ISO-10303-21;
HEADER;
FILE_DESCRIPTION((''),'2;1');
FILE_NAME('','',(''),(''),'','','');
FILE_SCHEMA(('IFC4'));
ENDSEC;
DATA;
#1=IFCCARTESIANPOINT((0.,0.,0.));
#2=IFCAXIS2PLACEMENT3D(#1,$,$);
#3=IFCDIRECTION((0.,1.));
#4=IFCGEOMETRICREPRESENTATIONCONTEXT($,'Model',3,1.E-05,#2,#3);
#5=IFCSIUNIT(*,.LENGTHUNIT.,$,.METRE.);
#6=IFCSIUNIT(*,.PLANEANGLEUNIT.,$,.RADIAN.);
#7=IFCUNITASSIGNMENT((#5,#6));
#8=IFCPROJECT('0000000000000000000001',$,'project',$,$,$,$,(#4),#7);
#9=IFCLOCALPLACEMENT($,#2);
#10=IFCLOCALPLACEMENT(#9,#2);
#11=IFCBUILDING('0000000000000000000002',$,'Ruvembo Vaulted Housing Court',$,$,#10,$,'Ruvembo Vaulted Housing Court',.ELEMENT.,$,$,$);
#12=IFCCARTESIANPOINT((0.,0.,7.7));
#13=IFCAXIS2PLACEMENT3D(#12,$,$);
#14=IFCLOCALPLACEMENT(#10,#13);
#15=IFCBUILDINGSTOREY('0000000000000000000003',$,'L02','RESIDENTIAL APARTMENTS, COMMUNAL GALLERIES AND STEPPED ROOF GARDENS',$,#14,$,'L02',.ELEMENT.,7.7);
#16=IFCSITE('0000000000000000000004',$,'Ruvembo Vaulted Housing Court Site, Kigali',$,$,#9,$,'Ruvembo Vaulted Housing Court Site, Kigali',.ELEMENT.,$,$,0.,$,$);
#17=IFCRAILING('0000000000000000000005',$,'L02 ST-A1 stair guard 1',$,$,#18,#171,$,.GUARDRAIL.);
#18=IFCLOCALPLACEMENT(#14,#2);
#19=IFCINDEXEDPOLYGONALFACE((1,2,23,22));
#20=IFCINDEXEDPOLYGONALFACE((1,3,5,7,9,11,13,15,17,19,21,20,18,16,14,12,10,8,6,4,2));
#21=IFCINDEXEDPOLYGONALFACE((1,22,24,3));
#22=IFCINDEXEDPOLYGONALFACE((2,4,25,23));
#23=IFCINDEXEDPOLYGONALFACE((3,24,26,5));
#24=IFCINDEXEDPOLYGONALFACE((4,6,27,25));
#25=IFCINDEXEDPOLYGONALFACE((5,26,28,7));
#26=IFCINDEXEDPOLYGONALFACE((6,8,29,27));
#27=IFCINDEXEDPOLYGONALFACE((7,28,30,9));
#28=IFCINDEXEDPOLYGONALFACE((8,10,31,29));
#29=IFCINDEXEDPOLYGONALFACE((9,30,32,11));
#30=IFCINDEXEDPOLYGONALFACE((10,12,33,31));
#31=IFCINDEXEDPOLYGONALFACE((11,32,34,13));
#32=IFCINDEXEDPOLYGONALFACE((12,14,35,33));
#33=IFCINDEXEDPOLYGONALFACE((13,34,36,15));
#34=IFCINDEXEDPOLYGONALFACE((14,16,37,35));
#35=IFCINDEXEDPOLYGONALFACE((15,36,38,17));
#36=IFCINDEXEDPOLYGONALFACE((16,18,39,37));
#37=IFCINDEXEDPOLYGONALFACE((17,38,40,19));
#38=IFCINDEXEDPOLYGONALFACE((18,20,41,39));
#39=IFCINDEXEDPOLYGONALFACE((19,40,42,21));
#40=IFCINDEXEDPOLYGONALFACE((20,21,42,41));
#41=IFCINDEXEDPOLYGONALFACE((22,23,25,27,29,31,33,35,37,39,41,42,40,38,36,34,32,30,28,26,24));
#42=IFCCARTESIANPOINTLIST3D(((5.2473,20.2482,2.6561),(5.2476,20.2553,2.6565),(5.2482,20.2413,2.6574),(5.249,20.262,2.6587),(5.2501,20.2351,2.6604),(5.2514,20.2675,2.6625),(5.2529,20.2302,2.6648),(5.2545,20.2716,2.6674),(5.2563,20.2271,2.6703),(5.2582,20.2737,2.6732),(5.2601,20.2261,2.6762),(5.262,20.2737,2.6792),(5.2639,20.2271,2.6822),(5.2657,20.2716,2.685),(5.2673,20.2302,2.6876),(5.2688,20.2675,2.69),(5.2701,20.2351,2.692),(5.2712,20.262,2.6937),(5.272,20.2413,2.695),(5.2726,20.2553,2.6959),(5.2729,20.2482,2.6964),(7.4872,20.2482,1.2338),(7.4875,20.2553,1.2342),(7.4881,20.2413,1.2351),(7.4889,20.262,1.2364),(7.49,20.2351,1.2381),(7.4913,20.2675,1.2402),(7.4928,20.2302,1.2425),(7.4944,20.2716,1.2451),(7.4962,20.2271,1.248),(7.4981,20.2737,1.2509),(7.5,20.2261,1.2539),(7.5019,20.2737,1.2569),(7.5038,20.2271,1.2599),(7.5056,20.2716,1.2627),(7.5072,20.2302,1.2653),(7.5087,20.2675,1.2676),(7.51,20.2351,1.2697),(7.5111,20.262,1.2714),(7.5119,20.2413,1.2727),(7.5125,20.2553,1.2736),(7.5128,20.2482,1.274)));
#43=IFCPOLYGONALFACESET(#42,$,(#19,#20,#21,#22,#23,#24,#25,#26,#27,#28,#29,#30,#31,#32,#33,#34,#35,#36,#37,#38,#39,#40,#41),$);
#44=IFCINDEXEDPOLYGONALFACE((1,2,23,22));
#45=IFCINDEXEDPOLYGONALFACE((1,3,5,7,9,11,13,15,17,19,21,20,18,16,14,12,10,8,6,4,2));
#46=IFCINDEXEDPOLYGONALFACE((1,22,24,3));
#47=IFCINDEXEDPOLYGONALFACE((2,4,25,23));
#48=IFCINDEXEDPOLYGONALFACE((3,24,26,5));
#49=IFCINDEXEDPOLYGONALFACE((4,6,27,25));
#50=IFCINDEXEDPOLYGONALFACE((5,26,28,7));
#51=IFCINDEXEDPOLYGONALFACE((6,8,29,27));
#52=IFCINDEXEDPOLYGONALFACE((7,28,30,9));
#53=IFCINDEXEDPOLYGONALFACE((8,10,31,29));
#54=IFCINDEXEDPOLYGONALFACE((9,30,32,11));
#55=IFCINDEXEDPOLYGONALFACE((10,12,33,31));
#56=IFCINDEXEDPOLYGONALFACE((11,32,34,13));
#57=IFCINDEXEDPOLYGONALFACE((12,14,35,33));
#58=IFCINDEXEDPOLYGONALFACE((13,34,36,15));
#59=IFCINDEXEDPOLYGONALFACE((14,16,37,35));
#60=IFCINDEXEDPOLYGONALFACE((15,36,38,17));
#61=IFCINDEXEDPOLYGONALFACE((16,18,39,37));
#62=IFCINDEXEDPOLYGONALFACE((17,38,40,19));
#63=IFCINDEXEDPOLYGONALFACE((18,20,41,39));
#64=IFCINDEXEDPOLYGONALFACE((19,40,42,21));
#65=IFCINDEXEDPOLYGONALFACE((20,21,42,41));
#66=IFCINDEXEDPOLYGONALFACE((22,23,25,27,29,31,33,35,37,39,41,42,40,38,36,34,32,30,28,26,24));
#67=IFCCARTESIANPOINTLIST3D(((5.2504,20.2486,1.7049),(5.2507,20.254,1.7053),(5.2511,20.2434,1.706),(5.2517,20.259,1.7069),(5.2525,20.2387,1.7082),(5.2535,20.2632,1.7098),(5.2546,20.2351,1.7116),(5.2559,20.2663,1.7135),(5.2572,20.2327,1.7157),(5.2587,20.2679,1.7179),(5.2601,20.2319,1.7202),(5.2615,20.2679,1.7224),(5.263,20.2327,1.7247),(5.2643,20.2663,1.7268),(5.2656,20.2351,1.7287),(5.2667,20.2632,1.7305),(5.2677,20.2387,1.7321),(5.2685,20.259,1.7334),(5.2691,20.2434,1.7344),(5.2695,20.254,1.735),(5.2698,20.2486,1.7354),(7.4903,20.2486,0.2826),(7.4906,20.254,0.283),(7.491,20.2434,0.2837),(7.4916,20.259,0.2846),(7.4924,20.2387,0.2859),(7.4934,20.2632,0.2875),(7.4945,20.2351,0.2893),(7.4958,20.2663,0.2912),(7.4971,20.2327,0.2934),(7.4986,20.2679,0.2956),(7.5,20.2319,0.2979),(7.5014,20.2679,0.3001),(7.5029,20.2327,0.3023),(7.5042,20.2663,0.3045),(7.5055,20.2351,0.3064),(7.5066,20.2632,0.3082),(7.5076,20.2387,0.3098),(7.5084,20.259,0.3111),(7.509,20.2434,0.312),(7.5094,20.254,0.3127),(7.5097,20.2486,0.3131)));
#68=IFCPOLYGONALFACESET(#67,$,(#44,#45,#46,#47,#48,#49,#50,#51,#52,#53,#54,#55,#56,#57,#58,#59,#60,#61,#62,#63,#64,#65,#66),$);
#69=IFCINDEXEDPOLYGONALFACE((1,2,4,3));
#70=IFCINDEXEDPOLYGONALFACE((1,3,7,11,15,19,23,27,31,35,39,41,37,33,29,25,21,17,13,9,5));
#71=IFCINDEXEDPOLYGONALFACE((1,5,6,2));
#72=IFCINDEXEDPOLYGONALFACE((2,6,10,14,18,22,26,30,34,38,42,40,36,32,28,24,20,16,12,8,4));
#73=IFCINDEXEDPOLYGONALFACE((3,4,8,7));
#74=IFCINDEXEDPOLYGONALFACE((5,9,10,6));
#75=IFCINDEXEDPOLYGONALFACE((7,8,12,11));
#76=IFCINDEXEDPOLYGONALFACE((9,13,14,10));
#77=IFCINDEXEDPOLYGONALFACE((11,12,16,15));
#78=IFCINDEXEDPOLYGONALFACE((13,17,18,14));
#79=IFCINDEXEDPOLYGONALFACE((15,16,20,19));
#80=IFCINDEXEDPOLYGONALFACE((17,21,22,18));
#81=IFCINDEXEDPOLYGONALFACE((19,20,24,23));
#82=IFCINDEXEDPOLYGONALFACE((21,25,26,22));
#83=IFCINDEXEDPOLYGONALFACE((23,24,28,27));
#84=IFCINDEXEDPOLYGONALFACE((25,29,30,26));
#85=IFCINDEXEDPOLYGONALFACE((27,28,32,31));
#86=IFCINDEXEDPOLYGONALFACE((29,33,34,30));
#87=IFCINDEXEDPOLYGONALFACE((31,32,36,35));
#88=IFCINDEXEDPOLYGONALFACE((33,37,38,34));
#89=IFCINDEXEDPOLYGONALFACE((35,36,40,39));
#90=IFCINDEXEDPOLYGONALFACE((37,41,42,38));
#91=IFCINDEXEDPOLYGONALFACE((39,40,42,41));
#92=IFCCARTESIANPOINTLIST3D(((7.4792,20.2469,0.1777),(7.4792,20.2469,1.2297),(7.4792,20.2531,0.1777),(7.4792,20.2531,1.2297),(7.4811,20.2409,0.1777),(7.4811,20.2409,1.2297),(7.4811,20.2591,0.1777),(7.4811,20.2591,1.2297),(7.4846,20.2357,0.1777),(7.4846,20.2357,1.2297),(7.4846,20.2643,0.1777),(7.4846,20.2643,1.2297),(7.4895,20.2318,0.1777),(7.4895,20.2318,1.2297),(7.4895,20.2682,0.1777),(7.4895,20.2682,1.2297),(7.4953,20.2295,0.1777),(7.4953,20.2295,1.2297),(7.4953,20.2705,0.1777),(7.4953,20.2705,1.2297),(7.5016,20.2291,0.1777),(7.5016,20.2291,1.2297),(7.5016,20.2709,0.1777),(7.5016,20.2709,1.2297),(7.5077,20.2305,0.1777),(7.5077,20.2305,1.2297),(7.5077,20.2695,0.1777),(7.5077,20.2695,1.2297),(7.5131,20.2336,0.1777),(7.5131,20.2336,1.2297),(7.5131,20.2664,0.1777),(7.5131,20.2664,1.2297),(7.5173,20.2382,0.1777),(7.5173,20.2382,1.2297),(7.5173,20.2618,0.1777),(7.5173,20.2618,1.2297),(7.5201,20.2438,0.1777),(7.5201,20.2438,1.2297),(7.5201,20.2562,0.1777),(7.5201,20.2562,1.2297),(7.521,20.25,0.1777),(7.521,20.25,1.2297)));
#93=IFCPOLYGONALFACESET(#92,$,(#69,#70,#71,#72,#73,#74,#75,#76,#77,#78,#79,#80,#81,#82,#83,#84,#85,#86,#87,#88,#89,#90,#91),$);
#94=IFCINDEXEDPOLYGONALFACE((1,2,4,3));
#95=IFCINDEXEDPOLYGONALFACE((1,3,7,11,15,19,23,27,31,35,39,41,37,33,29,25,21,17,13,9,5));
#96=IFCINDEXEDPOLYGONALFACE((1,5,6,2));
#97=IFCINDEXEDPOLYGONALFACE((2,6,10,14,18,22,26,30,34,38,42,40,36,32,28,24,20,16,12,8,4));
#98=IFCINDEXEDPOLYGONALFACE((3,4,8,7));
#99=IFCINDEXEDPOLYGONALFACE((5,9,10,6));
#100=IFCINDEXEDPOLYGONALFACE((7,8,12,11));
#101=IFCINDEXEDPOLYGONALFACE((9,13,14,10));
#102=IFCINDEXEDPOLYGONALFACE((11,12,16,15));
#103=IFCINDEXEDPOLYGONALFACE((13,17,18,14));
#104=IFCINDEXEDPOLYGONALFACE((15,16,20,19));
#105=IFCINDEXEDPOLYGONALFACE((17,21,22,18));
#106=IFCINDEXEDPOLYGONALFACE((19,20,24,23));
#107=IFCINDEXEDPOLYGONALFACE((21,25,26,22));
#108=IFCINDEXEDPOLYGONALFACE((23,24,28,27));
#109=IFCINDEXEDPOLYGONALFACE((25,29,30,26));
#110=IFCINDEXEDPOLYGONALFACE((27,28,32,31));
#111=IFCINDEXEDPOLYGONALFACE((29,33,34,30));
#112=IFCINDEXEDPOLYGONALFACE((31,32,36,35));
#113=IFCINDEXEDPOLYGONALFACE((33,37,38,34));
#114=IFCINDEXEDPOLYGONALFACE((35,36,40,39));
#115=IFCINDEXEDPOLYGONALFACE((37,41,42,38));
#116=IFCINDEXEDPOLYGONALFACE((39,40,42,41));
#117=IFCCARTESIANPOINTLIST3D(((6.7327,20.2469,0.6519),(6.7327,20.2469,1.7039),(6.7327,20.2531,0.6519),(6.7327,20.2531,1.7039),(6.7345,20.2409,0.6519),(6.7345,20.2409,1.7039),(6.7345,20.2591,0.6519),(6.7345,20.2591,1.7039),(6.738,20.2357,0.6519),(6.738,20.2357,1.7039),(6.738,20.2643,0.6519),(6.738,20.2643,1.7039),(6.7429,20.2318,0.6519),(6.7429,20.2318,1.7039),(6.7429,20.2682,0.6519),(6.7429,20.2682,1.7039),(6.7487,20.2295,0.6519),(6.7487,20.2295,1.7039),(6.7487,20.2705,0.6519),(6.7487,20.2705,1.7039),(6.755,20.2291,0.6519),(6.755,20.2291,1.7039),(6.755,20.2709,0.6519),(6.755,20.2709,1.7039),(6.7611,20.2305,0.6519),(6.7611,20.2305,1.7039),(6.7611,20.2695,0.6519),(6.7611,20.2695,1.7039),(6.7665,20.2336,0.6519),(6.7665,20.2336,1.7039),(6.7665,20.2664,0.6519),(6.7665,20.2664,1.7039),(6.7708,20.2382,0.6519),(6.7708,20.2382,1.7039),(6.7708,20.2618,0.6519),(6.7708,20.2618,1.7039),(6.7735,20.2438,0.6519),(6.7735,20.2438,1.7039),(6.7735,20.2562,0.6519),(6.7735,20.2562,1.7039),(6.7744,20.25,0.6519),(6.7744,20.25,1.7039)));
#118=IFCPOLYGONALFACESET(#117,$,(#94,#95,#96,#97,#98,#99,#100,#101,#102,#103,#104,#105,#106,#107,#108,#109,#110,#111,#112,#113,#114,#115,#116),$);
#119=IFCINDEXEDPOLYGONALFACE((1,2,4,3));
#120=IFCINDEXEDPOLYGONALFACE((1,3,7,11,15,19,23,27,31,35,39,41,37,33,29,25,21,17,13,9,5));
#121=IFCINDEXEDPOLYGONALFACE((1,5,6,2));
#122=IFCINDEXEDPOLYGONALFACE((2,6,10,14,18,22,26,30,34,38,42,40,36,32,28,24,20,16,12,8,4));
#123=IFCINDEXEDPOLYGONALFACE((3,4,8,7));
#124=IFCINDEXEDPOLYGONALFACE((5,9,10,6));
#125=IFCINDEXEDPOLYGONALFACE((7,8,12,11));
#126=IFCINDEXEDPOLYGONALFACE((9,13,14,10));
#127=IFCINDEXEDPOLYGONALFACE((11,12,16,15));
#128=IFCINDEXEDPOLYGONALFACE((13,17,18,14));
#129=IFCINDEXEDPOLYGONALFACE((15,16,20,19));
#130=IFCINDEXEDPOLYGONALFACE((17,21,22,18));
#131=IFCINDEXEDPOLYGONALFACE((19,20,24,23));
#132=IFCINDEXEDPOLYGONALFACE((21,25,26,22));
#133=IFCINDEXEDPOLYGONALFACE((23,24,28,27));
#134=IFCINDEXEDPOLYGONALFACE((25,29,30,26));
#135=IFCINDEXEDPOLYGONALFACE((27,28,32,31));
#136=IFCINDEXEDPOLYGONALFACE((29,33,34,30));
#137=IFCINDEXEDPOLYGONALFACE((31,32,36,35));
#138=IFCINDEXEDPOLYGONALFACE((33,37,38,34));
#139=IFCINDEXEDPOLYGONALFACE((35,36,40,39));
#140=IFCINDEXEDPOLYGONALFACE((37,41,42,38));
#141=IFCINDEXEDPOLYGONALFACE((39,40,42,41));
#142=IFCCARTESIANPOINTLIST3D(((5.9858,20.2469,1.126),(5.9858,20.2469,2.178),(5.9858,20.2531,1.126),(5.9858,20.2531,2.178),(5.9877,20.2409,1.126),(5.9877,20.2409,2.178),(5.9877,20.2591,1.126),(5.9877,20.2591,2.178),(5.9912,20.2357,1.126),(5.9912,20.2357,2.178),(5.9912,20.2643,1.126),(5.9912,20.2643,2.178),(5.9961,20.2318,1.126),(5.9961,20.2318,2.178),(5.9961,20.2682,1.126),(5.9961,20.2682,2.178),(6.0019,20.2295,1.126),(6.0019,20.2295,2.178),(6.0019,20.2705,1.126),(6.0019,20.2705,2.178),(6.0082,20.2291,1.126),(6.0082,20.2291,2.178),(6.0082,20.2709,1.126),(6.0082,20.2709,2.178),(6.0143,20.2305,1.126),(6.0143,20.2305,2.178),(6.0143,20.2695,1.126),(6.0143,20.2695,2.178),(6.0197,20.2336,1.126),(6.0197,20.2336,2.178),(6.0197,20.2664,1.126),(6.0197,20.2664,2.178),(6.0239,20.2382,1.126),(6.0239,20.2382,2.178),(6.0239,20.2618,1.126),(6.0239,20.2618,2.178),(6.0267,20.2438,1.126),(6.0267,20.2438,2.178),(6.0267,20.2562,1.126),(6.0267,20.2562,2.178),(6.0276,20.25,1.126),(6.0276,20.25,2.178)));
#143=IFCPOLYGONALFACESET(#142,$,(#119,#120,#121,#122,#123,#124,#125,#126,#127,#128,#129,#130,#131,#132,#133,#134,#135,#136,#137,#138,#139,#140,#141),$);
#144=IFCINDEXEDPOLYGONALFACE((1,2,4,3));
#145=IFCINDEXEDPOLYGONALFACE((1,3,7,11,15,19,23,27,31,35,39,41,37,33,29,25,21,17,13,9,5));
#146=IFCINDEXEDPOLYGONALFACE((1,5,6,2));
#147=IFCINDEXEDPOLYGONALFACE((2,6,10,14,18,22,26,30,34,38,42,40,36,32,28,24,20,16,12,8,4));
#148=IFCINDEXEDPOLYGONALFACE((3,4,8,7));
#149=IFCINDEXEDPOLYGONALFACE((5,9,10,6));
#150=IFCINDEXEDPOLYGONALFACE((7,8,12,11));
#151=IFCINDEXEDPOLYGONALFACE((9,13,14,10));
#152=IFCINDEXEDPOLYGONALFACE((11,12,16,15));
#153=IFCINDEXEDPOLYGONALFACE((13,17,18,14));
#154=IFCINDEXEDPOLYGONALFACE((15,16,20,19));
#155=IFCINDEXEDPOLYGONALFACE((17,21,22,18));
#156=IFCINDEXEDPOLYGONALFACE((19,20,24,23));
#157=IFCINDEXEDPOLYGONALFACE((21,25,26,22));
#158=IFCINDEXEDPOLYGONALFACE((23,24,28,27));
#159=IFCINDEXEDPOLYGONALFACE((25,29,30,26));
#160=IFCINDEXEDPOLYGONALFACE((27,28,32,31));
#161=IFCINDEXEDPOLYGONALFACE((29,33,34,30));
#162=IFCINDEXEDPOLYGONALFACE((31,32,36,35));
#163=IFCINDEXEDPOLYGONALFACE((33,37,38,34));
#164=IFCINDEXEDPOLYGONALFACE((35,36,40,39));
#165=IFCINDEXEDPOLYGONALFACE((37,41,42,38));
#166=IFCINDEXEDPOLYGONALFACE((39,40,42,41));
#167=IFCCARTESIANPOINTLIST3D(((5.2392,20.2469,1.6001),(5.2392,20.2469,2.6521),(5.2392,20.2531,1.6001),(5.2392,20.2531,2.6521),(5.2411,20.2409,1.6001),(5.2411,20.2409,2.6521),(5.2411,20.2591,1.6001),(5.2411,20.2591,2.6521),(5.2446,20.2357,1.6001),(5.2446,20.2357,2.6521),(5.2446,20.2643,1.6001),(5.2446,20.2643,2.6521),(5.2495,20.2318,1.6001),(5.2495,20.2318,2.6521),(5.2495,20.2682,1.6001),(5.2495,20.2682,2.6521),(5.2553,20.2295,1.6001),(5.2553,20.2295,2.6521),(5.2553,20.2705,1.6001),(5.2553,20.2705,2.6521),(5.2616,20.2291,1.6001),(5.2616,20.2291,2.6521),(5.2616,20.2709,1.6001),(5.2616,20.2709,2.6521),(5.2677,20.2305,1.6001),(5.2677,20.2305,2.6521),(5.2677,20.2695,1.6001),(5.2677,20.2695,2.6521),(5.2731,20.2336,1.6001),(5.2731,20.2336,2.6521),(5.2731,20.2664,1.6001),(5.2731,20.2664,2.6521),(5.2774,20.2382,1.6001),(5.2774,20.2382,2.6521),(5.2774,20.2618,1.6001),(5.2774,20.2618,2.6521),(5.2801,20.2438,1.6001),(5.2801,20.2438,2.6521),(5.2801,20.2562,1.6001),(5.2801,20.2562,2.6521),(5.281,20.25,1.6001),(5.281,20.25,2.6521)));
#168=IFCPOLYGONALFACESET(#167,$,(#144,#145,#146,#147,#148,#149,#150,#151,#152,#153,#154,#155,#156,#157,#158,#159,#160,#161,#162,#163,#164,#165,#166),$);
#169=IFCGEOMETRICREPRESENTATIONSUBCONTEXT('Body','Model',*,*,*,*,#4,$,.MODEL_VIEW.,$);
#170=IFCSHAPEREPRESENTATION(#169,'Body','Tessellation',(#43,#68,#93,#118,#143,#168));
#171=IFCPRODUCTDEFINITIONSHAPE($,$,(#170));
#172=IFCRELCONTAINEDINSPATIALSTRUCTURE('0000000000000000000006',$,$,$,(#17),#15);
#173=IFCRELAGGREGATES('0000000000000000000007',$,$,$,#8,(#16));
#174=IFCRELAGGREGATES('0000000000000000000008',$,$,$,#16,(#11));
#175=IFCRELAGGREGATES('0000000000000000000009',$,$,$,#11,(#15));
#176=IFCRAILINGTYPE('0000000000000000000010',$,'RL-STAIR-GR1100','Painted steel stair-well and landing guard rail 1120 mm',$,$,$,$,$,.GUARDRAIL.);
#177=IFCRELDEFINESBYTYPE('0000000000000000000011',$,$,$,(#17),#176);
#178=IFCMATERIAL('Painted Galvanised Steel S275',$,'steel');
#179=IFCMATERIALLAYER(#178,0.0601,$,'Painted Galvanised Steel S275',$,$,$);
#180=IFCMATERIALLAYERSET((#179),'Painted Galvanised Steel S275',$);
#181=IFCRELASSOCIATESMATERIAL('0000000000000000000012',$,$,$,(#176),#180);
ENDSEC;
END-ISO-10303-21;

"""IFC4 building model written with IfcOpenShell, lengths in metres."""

from ifc_helpers import new_model, si_unit, direction, frame, origin, origin_2d, place, context, subcontext, project, spatial, circle, extrude, material, layer, layer_set, type_object, element, save


model = new_model("IFC4")

# Units and contexts
model_context = context("Model", 3, precision=1e-05, world=origin(), true_north=direction((0.0, 1.0)))
body_context = subcontext(model_context, "Body", "Model", "MODEL_VIEW")
ifc_project = project(units=[si_unit("LENGTHUNIT", "METRE"), si_unit("PLANEANGLEUNIT", "RADIAN")], contexts=[model_context])

# Site, building, storey
site_placement = place(None, origin())
site = spatial("IfcSite", under=ifc_project, at=site_placement, Name="Ruvembo Vaulted Housing Court Site, Kigali", LongName="Ruvembo Vaulted Housing Court Site, Kigali", CompositionType="ELEMENT", RefElevation=0.0)
building_placement = place(site_placement, origin())
building = spatial("IfcBuilding", under=site, at=building_placement, Name="Ruvembo Vaulted Housing Court", LongName="Ruvembo Vaulted Housing Court", CompositionType="ELEMENT")
storey_placement = place(building_placement, frame((0.0, 0.0, 7.7)))
storey = spatial("IfcBuildingStorey", under=building, at=storey_placement, Name="L02", Description="RESIDENTIAL APARTMENTS, COMMUNAL GALLERIES AND STEPPED ROOF GARDENS", LongName="L02", CompositionType="ELEMENT", Elevation=7.7)

# Railing
ifc_material_1 = material(Name="Painted Galvanised Steel S275", Category="steel")
ifc_layer_1 = layer(ifc_material_1, 0.0601, Name="Painted Galvanised Steel S275")
ifc_layer_set_1 = layer_set([ifc_layer_1], Name="Painted Galvanised Steel S275")
railing_type_1 = type_object("IfcRailingType", Name="RL-STAIR-GR1100", Description="Painted steel stair-well and landing guard rail 1120 mm", PredefinedType="GUARDRAIL", material=ifc_layer_set_1)
railing_1_placement = place(storey_placement, frame((7.5, 20.25, 0.1777)))
element("IfcRailing", 1, at=railing_1_placement, inside=storey, type_object=railing_type_1, Name="L02 ST-A1 stair guard 1", PredefinedType="GUARDRAIL", context=body_context, shape_type="SweptSolid", body=[
    extrude(circle(Radius=0.0239, at=origin_2d()), frame((0.0, 0.0, 1.0762), z_axis=(-0.844188, 0.0, 0.536048), x_axis=(0.0, -1.0, 0.0)), (0.0, 0.0, 1.0), 2.6533),
    extrude(circle(Radius=0.0181, at=origin_2d()), frame((0.0, 0.0, 0.1201), z_axis=(-0.844188, 0.0, 0.536048), x_axis=(0.0, -1.0, 0.0)), (0.0, 0.0, 1.0), 2.6533),
    extrude(circle(Radius=0.021, at=origin_2d()), origin(), (0.0, 0.0, 1.0), 1.052),
    extrude(circle(Radius=0.021, at=origin_2d()), frame((-0.7466, 0.0, 0.4741)), (0.0, 0.0, 1.0), 1.052),
    extrude(circle(Radius=0.021, at=origin_2d()), frame((-1.4934, 0.0, 0.9482)), (0.0, 0.0, 1.0), 1.052),
    extrude(circle(Radius=0.021, at=origin_2d()), frame((-2.24, 0.0, 1.4224)), (0.0, 0.0, 1.0), 1.052),
])

save(model, "model.ifc")
